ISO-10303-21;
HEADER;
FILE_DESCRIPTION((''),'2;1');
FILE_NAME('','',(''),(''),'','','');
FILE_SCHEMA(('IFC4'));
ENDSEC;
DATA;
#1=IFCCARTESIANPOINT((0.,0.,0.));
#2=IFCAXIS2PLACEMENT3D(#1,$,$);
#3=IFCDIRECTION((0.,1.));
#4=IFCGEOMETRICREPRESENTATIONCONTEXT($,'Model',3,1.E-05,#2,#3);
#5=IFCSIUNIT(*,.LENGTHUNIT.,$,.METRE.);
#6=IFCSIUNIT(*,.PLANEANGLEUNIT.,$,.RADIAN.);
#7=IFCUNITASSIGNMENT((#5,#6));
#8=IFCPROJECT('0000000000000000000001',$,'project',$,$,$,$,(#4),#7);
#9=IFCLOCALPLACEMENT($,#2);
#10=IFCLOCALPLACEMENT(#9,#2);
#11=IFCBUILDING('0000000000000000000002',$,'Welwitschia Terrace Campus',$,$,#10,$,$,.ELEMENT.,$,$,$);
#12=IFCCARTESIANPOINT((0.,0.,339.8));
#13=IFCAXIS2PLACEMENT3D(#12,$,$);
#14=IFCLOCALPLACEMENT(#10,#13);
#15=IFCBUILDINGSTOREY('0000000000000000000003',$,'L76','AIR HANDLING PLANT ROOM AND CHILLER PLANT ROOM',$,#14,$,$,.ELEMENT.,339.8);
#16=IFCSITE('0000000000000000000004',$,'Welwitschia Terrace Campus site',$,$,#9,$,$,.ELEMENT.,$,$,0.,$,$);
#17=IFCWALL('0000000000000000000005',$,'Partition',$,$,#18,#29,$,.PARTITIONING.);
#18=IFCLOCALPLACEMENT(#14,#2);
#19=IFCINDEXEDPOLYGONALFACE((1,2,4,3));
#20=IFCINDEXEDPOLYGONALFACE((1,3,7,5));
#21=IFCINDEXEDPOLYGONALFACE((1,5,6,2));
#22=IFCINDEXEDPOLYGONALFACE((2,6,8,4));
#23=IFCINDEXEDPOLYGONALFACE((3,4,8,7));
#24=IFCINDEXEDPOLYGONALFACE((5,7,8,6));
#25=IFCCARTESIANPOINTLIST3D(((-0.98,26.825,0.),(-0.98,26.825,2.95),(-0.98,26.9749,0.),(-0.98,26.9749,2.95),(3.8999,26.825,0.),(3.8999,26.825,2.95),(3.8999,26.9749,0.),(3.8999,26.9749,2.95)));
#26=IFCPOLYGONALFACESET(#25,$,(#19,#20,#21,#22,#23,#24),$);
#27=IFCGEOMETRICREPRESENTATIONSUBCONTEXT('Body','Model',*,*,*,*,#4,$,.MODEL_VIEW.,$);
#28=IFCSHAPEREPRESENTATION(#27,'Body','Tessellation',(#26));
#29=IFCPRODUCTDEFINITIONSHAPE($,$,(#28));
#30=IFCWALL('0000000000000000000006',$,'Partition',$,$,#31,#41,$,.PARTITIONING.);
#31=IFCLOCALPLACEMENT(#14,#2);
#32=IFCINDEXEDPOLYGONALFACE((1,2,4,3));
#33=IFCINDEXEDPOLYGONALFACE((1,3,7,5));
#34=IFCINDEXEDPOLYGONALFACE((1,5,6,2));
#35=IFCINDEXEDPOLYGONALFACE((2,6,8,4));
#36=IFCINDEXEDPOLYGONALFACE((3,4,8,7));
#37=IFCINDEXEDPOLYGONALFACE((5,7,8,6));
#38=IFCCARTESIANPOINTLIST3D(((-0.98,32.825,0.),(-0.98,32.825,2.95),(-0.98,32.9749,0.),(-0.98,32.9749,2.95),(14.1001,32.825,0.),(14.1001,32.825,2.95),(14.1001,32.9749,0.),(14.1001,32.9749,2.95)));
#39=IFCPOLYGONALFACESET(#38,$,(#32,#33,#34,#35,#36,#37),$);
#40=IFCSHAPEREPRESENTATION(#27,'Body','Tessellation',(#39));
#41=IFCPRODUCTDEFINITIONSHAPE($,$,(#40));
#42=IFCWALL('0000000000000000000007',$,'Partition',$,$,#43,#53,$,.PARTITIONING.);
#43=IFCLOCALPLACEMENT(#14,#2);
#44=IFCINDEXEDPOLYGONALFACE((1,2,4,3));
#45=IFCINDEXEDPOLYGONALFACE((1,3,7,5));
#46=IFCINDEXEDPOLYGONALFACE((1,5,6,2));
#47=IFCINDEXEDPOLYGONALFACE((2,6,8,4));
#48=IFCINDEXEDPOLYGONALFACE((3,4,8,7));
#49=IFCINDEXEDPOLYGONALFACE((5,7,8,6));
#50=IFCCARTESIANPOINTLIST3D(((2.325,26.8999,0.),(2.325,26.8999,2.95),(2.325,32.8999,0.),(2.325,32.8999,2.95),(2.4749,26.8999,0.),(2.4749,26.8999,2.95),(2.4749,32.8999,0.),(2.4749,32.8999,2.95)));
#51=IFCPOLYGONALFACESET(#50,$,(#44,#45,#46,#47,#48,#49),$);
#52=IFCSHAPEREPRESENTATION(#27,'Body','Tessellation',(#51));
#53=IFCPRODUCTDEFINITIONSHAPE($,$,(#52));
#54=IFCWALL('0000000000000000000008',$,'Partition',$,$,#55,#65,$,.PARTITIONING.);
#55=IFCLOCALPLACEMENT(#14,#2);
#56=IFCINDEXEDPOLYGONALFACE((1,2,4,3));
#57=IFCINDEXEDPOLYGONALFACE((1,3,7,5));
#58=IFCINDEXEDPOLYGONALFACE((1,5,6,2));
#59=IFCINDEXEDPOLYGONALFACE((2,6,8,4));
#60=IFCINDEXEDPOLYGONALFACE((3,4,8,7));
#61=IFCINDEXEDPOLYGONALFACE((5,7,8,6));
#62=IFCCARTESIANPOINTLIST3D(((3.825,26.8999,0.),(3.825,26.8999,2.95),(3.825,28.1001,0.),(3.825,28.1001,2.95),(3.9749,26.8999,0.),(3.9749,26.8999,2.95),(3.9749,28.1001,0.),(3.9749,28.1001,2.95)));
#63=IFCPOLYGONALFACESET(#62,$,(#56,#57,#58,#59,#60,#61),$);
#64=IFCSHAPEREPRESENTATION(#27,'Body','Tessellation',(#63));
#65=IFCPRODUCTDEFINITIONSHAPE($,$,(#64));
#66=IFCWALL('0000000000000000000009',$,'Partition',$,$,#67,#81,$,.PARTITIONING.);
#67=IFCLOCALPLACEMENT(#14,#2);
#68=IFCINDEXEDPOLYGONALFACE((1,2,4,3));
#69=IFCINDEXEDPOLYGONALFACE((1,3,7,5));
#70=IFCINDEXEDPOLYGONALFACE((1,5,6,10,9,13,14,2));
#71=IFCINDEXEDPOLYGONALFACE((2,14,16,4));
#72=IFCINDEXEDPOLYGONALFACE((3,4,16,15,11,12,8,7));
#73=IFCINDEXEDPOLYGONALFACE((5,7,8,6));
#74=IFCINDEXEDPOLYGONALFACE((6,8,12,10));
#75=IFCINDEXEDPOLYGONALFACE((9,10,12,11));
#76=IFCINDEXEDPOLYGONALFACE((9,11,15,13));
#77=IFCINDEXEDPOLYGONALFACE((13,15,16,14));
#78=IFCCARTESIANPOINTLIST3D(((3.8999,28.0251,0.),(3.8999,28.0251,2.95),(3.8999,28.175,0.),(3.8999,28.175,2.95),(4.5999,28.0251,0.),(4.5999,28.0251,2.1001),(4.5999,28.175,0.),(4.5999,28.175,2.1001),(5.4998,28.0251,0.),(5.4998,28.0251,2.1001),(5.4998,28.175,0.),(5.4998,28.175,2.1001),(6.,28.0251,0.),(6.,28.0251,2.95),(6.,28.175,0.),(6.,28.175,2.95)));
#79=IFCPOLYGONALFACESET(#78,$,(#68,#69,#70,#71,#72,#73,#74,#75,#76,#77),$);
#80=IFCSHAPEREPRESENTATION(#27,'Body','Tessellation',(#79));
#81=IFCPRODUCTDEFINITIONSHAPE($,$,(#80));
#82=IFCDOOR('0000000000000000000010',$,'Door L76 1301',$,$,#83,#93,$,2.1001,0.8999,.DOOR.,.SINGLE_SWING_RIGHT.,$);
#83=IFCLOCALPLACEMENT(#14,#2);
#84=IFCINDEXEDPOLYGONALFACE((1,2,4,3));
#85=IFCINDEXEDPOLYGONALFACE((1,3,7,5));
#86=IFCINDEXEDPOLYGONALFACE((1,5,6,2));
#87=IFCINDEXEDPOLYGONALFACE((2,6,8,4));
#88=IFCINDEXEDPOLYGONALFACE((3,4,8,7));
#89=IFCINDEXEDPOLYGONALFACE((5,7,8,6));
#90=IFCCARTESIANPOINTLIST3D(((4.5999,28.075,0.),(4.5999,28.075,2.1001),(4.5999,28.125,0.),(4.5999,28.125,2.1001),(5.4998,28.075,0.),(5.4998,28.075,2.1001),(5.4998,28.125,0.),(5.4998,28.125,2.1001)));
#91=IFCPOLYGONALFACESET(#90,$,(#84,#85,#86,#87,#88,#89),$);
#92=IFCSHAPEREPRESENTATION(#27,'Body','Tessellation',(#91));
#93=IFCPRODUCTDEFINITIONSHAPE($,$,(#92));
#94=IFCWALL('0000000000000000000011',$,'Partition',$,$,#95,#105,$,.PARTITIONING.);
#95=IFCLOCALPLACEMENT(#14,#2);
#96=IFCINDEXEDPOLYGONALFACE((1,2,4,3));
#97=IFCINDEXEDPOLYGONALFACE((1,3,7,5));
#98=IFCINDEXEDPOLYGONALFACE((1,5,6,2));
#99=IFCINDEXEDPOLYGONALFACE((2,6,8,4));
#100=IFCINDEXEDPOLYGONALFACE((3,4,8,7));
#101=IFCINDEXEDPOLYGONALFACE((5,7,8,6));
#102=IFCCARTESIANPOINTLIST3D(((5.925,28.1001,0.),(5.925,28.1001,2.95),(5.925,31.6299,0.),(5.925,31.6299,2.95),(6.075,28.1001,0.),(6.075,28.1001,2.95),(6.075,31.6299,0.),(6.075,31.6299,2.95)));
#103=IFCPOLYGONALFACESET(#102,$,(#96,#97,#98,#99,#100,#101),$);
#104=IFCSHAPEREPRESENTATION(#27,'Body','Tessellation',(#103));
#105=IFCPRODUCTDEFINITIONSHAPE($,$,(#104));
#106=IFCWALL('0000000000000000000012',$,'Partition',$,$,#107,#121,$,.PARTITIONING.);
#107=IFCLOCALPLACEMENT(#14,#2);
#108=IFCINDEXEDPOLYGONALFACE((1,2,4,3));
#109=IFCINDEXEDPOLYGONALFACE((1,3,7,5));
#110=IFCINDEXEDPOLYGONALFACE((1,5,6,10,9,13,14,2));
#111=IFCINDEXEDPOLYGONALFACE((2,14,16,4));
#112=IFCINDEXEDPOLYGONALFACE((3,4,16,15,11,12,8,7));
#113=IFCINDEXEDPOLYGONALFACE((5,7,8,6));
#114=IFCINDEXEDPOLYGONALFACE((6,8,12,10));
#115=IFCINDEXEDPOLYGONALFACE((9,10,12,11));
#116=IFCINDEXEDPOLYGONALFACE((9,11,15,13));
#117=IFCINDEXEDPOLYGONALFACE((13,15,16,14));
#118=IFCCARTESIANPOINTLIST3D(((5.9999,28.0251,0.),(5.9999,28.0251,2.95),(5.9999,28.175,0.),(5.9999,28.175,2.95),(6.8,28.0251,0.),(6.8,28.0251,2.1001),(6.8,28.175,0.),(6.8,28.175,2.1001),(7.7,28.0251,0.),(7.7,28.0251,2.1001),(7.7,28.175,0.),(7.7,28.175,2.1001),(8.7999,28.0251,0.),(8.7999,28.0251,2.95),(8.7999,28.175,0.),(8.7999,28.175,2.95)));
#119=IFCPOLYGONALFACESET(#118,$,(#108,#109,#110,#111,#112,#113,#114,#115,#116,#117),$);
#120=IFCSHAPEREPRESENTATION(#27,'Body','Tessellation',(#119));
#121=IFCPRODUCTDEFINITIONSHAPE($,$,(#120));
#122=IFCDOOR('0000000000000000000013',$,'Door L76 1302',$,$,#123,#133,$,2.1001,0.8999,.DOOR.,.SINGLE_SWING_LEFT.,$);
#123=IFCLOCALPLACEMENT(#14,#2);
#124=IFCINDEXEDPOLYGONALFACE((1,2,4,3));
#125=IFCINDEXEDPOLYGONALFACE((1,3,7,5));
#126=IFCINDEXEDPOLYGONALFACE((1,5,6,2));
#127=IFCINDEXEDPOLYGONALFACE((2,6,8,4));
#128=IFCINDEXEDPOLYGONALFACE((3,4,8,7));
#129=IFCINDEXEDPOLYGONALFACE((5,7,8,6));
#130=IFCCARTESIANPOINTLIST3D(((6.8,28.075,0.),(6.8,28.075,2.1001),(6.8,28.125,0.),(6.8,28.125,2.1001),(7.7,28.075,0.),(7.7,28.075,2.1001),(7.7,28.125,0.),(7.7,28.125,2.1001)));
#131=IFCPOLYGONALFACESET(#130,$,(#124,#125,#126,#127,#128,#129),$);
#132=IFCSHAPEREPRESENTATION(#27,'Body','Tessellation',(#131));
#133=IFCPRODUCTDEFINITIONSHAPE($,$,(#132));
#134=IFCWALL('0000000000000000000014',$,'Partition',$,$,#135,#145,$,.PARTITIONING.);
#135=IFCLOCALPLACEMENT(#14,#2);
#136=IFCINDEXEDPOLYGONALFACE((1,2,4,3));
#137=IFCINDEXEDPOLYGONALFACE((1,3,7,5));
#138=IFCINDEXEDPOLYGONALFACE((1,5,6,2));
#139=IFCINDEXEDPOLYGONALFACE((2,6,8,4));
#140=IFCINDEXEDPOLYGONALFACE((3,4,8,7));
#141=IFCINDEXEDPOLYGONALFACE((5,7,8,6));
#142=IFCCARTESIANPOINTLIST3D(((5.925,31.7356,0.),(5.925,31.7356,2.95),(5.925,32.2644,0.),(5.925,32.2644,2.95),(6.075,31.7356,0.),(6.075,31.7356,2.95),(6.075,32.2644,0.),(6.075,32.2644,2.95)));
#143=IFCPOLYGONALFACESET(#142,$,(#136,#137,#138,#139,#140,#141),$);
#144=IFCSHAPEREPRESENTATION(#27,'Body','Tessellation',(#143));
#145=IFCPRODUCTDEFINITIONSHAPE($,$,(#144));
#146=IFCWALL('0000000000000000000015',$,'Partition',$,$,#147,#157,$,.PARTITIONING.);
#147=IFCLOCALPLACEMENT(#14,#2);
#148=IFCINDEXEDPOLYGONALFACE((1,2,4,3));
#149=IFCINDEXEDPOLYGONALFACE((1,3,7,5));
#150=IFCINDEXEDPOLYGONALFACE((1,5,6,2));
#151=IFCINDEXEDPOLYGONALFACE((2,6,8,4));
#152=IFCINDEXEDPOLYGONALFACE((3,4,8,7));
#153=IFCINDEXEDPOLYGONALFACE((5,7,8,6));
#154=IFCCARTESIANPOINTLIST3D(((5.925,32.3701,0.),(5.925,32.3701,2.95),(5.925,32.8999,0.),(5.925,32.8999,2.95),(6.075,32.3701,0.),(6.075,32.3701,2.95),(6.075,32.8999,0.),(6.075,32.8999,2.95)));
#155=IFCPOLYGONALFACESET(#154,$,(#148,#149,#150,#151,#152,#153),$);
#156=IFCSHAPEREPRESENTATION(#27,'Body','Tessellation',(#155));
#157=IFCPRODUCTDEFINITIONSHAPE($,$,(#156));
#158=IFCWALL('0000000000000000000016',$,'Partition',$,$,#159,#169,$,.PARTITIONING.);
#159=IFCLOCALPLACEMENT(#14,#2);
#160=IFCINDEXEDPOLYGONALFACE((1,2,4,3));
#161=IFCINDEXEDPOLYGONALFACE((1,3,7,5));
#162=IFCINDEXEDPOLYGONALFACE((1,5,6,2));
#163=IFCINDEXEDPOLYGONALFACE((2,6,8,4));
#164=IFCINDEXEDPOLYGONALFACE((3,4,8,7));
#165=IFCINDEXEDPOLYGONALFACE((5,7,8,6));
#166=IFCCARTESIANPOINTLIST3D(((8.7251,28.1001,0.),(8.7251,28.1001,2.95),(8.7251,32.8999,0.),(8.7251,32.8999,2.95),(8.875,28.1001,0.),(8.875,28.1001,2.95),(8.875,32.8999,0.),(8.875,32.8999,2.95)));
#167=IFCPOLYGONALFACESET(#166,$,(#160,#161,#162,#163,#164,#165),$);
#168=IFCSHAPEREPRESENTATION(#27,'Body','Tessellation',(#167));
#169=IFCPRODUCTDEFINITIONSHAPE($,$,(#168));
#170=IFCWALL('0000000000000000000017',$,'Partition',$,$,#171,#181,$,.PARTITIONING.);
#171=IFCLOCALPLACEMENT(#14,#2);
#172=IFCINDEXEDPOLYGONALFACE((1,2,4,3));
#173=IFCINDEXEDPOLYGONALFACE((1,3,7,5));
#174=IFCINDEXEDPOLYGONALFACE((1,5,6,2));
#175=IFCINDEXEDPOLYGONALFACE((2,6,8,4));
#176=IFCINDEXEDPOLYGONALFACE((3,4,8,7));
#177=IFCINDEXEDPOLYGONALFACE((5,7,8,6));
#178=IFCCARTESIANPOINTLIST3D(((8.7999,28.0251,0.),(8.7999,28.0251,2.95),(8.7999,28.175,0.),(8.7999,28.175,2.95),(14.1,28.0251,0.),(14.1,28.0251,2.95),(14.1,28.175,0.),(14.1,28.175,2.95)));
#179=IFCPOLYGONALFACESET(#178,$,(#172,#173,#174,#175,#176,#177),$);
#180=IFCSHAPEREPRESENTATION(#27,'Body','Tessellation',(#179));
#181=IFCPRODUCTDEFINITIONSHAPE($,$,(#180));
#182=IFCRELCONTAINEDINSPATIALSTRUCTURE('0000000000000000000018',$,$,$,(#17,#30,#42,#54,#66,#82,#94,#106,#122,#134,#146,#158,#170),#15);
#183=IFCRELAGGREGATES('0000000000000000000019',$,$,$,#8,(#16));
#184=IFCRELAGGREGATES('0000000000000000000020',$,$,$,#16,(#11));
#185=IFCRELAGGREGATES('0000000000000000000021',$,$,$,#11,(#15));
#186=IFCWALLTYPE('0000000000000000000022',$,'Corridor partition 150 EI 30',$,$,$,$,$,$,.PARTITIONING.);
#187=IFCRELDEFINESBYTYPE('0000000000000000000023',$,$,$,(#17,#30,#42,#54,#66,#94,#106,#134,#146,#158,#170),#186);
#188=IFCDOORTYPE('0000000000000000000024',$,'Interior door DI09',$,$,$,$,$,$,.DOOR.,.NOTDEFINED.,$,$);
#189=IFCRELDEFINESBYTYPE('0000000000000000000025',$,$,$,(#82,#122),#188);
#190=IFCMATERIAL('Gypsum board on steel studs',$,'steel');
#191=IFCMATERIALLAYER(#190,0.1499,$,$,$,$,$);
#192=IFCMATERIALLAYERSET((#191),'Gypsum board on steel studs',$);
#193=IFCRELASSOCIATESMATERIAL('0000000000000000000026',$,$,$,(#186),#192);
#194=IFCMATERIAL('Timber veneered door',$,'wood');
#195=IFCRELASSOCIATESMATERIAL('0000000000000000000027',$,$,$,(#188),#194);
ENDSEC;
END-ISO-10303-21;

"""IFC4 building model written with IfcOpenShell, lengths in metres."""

from ifc_helpers import new_model, si_unit, direction, frame, frame_2d, origin, place, context, subcontext, project, spatial, rectangle, extrude, material, layer, layer_set, type_object, element, fill, save


model = new_model("IFC4")

# Units and contexts
model_context = context("Model", 3, precision=1e-05, world=origin(), true_north=direction((0.0, 1.0)))
body_context = subcontext(model_context, "Body", "Model", "MODEL_VIEW")
ifc_project = project(units=[si_unit("LENGTHUNIT", "METRE"), si_unit("PLANEANGLEUNIT", "RADIAN")], contexts=[model_context])

# Site, building, storey
site_placement = place(None, origin())
site = spatial("IfcSite", under=ifc_project, at=site_placement, Name="Welwitschia Terrace Campus site", CompositionType="ELEMENT", RefElevation=0.0)
building_placement = place(site_placement, origin())
building = spatial("IfcBuilding", under=site, at=building_placement, Name="Welwitschia Terrace Campus", CompositionType="ELEMENT")
storey_placement = place(building_placement, frame((0.0, 0.0, 339.8)))
storey = spatial("IfcBuildingStorey", under=building, at=storey_placement, Name="L76", Description="AIR HANDLING PLANT ROOM AND CHILLER PLANT ROOM", CompositionType="ELEMENT", Elevation=339.8)

# Walls
ifc_material_1 = material(Name="Gypsum board on steel studs", Category="steel")
ifc_layer_1 = layer(ifc_material_1, 0.1499)
ifc_layer_set_1 = layer_set([ifc_layer_1], Name="Gypsum board on steel studs")
wall_type = type_object("IfcWallType", Name="Corridor partition 150 EI 30", PredefinedType="PARTITIONING", material=ifc_layer_set_1)
wall_1_placement = place(storey_placement, frame((-0.98, 26.8999, 0.0), z_axis=(0.0, 0.0, 1.0), x_axis=(1.0, 0.0, 0.0)))
element("IfcWall", 1, at=wall_1_placement, inside=storey, type_object=wall_type, Name="Partition", PredefinedType="PARTITIONING", context=body_context, shape_type="SweptSolid", body=[
    extrude(rectangle(XDim=4.8799, YDim=0.1499, at=frame_2d((2.4399, 0.0))), origin(), (0.0, 0.0, 1.0), 2.95),
])
wall_2_placement = place(storey_placement, frame((-0.98, 32.8999, 0.0), z_axis=(0.0, 0.0, 1.0), x_axis=(1.0, 0.0, 0.0)))
element("IfcWall", 2, at=wall_2_placement, inside=storey, type_object=wall_type, Name="Partition", PredefinedType="PARTITIONING", context=body_context, shape_type="SweptSolid", body=[
    extrude(rectangle(XDim=15.0801, YDim=0.1499, at=frame_2d((7.54, 0.0))), origin(), (0.0, 0.0, 1.0), 2.95),
])
wall_3_placement = place(storey_placement, frame((2.3999, 26.8999, 0.0), z_axis=(0.0, 0.0, 1.0), x_axis=(0.0, 1.0, 0.0)))
element("IfcWall", 3, at=wall_3_placement, inside=storey, type_object=wall_type, Name="Partition", PredefinedType="PARTITIONING", context=body_context, shape_type="SweptSolid", body=[
    extrude(rectangle(XDim=6.0, YDim=0.1499, at=frame_2d((3.0, 0.0))), origin(), (0.0, 0.0, 1.0), 2.95),
])
wall_4_placement = place(storey_placement, frame((3.8999, 26.8999, 0.0), z_axis=(0.0, 0.0, 1.0), x_axis=(0.0, 1.0, 0.0)))
element("IfcWall", 4, at=wall_4_placement, inside=storey, type_object=wall_type, Name="Partition", PredefinedType="PARTITIONING", context=body_context, shape_type="SweptSolid", body=[
    extrude(rectangle(XDim=1.2002, YDim=0.1499, at=frame_2d((0.6001, 0.0))), origin(), (0.0, 0.0, 1.0), 2.95),
])

# Wall, opening, door
wall_5_placement = place(storey_placement, frame((3.8999, 28.1001, 0.0), z_axis=(0.0, 0.0, 1.0), x_axis=(1.0, 0.0, 0.0)))
wall_5 = element("IfcWall", 5, at=wall_5_placement, inside=storey, type_object=wall_type, Name="Partition", PredefinedType="PARTITIONING", context=body_context, shape_type="SweptSolid", body=[
    extrude(rectangle(XDim=2.1001, YDim=0.1499, at=frame_2d((1.05, 0.0))), origin(), (0.0, 0.0, 1.0), 2.95),
])
opening_1_placement = place(wall_5_placement, frame((0.7, 0.0, 0.0)))
opening_1 = element("IfcOpeningElement", 6, at=opening_1_placement, cuts=wall_5, PredefinedType="OPENING", context=body_context, shape_type="SweptSolid", body=[
    extrude(rectangle(XDim=0.8999, YDim=2.1001, at=frame_2d((0.45, 1.05))), frame((0.0, 0.085, 0.0), z_axis=(0.0, -1.0, 0.0), x_axis=(1.0, 0.0, 0.0)), (0.0, 0.0, 1.0), 0.1699),
])
ifc_material_2 = material(Name="Timber veneered door", Category="wood")
door_type = type_object("IfcDoorType", Name="Interior door DI09", OperationType="NOTDEFINED", PredefinedType="DOOR", material=ifc_material_2)
door_1_placement = place(opening_1_placement, origin())
door_1 = element("IfcDoor", 7, at=door_1_placement, inside=storey, type_object=door_type, Name="Door L76 1301", OperationType="SINGLE_SWING_RIGHT", OverallHeight=2.1001, OverallWidth=0.8999, PredefinedType="DOOR", context=body_context, shape_type="SweptSolid", body=[
    extrude(rectangle(XDim=0.8999, YDim=2.1001, at=frame_2d((0.45, 1.05))), frame((0.0, 0.0249, 0.0), z_axis=(0.0, -1.0, 0.0), x_axis=(1.0, 0.0, 0.0)), (0.0, 0.0, 1.0), 0.05),
])
fill(opening_1, door_1)

# Wall
wall_6_placement = place(storey_placement, frame((6.0, 28.1001, 0.0), z_axis=(0.0, 0.0, 1.0), x_axis=(0.0, 1.0, 0.0)))
element("IfcWall", 8, at=wall_6_placement, inside=storey, type_object=wall_type, Name="Partition", PredefinedType="PARTITIONING", context=body_context, shape_type="SweptSolid", body=[
    extrude(rectangle(XDim=3.5298, YDim=0.1499, at=frame_2d((1.7649, 0.0))), origin(), (0.0, 0.0, 1.0), 2.95),
])

# Wall, opening, door
wall_7_placement = place(storey_placement, frame((6.0, 28.1001, 0.0), z_axis=(0.0, 0.0, 1.0), x_axis=(1.0, 0.0, 0.0)))
wall_7 = element("IfcWall", 9, at=wall_7_placement, inside=storey, type_object=wall_type, Name="Partition", PredefinedType="PARTITIONING", context=body_context, shape_type="SweptSolid", body=[
    extrude(rectangle(XDim=2.8, YDim=0.1499, at=frame_2d((1.3999, 0.0))), origin(), (0.0, 0.0, 1.0), 2.95),
])
opening_2_placement = place(wall_7_placement, frame((0.8, 0.0, 0.0)))
opening_2 = element("IfcOpeningElement", 10, at=opening_2_placement, cuts=wall_7, PredefinedType="OPENING", context=body_context, shape_type="SweptSolid", body=[
    extrude(rectangle(XDim=0.8999, YDim=2.1001, at=frame_2d((0.45, 1.05))), frame((0.0, 0.085, 0.0), z_axis=(0.0, -1.0, 0.0), x_axis=(1.0, 0.0, 0.0)), (0.0, 0.0, 1.0), 0.1699),
])
door_2_placement = place(opening_2_placement, origin())
door_2 = element("IfcDoor", 11, at=door_2_placement, inside=storey, type_object=door_type, Name="Door L76 1302", OperationType="SINGLE_SWING_LEFT", OverallHeight=2.1001, OverallWidth=0.8999, PredefinedType="DOOR", context=body_context, shape_type="SweptSolid", body=[
    extrude(rectangle(XDim=0.8999, YDim=2.1001, at=frame_2d((0.45, 1.05))), frame((0.0, 0.0249, 0.0), z_axis=(0.0, -1.0, 0.0), x_axis=(1.0, 0.0, 0.0)), (0.0, 0.0, 1.0), 0.05),
])
fill(opening_2, door_2)

# Walls
wall_8_placement = place(storey_placement, frame((6.0, 31.7356, 0.0), z_axis=(0.0, 0.0, 1.0), x_axis=(0.0, 1.0, 0.0)))
element("IfcWall", 12, at=wall_8_placement, inside=storey, type_object=wall_type, Name="Partition", PredefinedType="PARTITIONING", context=body_context, shape_type="SweptSolid", body=[
    extrude(rectangle(XDim=0.5288, YDim=0.1499, at=frame_2d((0.2644, 0.0))), origin(), (0.0, 0.0, 1.0), 2.95),
])
wall_9_placement = place(storey_placement, frame((6.0, 32.3701, 0.0), z_axis=(0.0, 0.0, 1.0), x_axis=(0.0, 1.0, 0.0)))
element("IfcWall", 13, at=wall_9_placement, inside=storey, type_object=wall_type, Name="Partition", PredefinedType="PARTITIONING", context=body_context, shape_type="SweptSolid", body=[
    extrude(rectangle(XDim=0.5298, YDim=0.1499, at=frame_2d((0.2649, 0.0))), origin(), (0.0, 0.0, 1.0), 2.95),
])
wall_10_placement = place(storey_placement, frame((8.8, 28.1001, 0.0), z_axis=(0.0, 0.0, 1.0), x_axis=(0.0, 1.0, 0.0)))
element("IfcWall", 14, at=wall_10_placement, inside=storey, type_object=wall_type, Name="Partition", PredefinedType="PARTITIONING", context=body_context, shape_type="SweptSolid", body=[
    extrude(rectangle(XDim=4.7998, YDim=0.1499, at=frame_2d((2.3999, 0.0))), origin(), (0.0, 0.0, 1.0), 2.95),
])
wall_11_placement = place(storey_placement, frame((8.8, 28.1001, 0.0), z_axis=(0.0, 0.0, 1.0), x_axis=(1.0, 0.0, 0.0)))
element("IfcWall", 15, at=wall_11_placement, inside=storey, type_object=wall_type, Name="Partition", PredefinedType="PARTITIONING", context=body_context, shape_type="SweptSolid", body=[
    extrude(rectangle(XDim=5.3, YDim=0.1499, at=frame_2d((2.6499, 0.0))), origin(), (0.0, 0.0, 1.0), 2.95),
])

save(model, "model.ifc")
